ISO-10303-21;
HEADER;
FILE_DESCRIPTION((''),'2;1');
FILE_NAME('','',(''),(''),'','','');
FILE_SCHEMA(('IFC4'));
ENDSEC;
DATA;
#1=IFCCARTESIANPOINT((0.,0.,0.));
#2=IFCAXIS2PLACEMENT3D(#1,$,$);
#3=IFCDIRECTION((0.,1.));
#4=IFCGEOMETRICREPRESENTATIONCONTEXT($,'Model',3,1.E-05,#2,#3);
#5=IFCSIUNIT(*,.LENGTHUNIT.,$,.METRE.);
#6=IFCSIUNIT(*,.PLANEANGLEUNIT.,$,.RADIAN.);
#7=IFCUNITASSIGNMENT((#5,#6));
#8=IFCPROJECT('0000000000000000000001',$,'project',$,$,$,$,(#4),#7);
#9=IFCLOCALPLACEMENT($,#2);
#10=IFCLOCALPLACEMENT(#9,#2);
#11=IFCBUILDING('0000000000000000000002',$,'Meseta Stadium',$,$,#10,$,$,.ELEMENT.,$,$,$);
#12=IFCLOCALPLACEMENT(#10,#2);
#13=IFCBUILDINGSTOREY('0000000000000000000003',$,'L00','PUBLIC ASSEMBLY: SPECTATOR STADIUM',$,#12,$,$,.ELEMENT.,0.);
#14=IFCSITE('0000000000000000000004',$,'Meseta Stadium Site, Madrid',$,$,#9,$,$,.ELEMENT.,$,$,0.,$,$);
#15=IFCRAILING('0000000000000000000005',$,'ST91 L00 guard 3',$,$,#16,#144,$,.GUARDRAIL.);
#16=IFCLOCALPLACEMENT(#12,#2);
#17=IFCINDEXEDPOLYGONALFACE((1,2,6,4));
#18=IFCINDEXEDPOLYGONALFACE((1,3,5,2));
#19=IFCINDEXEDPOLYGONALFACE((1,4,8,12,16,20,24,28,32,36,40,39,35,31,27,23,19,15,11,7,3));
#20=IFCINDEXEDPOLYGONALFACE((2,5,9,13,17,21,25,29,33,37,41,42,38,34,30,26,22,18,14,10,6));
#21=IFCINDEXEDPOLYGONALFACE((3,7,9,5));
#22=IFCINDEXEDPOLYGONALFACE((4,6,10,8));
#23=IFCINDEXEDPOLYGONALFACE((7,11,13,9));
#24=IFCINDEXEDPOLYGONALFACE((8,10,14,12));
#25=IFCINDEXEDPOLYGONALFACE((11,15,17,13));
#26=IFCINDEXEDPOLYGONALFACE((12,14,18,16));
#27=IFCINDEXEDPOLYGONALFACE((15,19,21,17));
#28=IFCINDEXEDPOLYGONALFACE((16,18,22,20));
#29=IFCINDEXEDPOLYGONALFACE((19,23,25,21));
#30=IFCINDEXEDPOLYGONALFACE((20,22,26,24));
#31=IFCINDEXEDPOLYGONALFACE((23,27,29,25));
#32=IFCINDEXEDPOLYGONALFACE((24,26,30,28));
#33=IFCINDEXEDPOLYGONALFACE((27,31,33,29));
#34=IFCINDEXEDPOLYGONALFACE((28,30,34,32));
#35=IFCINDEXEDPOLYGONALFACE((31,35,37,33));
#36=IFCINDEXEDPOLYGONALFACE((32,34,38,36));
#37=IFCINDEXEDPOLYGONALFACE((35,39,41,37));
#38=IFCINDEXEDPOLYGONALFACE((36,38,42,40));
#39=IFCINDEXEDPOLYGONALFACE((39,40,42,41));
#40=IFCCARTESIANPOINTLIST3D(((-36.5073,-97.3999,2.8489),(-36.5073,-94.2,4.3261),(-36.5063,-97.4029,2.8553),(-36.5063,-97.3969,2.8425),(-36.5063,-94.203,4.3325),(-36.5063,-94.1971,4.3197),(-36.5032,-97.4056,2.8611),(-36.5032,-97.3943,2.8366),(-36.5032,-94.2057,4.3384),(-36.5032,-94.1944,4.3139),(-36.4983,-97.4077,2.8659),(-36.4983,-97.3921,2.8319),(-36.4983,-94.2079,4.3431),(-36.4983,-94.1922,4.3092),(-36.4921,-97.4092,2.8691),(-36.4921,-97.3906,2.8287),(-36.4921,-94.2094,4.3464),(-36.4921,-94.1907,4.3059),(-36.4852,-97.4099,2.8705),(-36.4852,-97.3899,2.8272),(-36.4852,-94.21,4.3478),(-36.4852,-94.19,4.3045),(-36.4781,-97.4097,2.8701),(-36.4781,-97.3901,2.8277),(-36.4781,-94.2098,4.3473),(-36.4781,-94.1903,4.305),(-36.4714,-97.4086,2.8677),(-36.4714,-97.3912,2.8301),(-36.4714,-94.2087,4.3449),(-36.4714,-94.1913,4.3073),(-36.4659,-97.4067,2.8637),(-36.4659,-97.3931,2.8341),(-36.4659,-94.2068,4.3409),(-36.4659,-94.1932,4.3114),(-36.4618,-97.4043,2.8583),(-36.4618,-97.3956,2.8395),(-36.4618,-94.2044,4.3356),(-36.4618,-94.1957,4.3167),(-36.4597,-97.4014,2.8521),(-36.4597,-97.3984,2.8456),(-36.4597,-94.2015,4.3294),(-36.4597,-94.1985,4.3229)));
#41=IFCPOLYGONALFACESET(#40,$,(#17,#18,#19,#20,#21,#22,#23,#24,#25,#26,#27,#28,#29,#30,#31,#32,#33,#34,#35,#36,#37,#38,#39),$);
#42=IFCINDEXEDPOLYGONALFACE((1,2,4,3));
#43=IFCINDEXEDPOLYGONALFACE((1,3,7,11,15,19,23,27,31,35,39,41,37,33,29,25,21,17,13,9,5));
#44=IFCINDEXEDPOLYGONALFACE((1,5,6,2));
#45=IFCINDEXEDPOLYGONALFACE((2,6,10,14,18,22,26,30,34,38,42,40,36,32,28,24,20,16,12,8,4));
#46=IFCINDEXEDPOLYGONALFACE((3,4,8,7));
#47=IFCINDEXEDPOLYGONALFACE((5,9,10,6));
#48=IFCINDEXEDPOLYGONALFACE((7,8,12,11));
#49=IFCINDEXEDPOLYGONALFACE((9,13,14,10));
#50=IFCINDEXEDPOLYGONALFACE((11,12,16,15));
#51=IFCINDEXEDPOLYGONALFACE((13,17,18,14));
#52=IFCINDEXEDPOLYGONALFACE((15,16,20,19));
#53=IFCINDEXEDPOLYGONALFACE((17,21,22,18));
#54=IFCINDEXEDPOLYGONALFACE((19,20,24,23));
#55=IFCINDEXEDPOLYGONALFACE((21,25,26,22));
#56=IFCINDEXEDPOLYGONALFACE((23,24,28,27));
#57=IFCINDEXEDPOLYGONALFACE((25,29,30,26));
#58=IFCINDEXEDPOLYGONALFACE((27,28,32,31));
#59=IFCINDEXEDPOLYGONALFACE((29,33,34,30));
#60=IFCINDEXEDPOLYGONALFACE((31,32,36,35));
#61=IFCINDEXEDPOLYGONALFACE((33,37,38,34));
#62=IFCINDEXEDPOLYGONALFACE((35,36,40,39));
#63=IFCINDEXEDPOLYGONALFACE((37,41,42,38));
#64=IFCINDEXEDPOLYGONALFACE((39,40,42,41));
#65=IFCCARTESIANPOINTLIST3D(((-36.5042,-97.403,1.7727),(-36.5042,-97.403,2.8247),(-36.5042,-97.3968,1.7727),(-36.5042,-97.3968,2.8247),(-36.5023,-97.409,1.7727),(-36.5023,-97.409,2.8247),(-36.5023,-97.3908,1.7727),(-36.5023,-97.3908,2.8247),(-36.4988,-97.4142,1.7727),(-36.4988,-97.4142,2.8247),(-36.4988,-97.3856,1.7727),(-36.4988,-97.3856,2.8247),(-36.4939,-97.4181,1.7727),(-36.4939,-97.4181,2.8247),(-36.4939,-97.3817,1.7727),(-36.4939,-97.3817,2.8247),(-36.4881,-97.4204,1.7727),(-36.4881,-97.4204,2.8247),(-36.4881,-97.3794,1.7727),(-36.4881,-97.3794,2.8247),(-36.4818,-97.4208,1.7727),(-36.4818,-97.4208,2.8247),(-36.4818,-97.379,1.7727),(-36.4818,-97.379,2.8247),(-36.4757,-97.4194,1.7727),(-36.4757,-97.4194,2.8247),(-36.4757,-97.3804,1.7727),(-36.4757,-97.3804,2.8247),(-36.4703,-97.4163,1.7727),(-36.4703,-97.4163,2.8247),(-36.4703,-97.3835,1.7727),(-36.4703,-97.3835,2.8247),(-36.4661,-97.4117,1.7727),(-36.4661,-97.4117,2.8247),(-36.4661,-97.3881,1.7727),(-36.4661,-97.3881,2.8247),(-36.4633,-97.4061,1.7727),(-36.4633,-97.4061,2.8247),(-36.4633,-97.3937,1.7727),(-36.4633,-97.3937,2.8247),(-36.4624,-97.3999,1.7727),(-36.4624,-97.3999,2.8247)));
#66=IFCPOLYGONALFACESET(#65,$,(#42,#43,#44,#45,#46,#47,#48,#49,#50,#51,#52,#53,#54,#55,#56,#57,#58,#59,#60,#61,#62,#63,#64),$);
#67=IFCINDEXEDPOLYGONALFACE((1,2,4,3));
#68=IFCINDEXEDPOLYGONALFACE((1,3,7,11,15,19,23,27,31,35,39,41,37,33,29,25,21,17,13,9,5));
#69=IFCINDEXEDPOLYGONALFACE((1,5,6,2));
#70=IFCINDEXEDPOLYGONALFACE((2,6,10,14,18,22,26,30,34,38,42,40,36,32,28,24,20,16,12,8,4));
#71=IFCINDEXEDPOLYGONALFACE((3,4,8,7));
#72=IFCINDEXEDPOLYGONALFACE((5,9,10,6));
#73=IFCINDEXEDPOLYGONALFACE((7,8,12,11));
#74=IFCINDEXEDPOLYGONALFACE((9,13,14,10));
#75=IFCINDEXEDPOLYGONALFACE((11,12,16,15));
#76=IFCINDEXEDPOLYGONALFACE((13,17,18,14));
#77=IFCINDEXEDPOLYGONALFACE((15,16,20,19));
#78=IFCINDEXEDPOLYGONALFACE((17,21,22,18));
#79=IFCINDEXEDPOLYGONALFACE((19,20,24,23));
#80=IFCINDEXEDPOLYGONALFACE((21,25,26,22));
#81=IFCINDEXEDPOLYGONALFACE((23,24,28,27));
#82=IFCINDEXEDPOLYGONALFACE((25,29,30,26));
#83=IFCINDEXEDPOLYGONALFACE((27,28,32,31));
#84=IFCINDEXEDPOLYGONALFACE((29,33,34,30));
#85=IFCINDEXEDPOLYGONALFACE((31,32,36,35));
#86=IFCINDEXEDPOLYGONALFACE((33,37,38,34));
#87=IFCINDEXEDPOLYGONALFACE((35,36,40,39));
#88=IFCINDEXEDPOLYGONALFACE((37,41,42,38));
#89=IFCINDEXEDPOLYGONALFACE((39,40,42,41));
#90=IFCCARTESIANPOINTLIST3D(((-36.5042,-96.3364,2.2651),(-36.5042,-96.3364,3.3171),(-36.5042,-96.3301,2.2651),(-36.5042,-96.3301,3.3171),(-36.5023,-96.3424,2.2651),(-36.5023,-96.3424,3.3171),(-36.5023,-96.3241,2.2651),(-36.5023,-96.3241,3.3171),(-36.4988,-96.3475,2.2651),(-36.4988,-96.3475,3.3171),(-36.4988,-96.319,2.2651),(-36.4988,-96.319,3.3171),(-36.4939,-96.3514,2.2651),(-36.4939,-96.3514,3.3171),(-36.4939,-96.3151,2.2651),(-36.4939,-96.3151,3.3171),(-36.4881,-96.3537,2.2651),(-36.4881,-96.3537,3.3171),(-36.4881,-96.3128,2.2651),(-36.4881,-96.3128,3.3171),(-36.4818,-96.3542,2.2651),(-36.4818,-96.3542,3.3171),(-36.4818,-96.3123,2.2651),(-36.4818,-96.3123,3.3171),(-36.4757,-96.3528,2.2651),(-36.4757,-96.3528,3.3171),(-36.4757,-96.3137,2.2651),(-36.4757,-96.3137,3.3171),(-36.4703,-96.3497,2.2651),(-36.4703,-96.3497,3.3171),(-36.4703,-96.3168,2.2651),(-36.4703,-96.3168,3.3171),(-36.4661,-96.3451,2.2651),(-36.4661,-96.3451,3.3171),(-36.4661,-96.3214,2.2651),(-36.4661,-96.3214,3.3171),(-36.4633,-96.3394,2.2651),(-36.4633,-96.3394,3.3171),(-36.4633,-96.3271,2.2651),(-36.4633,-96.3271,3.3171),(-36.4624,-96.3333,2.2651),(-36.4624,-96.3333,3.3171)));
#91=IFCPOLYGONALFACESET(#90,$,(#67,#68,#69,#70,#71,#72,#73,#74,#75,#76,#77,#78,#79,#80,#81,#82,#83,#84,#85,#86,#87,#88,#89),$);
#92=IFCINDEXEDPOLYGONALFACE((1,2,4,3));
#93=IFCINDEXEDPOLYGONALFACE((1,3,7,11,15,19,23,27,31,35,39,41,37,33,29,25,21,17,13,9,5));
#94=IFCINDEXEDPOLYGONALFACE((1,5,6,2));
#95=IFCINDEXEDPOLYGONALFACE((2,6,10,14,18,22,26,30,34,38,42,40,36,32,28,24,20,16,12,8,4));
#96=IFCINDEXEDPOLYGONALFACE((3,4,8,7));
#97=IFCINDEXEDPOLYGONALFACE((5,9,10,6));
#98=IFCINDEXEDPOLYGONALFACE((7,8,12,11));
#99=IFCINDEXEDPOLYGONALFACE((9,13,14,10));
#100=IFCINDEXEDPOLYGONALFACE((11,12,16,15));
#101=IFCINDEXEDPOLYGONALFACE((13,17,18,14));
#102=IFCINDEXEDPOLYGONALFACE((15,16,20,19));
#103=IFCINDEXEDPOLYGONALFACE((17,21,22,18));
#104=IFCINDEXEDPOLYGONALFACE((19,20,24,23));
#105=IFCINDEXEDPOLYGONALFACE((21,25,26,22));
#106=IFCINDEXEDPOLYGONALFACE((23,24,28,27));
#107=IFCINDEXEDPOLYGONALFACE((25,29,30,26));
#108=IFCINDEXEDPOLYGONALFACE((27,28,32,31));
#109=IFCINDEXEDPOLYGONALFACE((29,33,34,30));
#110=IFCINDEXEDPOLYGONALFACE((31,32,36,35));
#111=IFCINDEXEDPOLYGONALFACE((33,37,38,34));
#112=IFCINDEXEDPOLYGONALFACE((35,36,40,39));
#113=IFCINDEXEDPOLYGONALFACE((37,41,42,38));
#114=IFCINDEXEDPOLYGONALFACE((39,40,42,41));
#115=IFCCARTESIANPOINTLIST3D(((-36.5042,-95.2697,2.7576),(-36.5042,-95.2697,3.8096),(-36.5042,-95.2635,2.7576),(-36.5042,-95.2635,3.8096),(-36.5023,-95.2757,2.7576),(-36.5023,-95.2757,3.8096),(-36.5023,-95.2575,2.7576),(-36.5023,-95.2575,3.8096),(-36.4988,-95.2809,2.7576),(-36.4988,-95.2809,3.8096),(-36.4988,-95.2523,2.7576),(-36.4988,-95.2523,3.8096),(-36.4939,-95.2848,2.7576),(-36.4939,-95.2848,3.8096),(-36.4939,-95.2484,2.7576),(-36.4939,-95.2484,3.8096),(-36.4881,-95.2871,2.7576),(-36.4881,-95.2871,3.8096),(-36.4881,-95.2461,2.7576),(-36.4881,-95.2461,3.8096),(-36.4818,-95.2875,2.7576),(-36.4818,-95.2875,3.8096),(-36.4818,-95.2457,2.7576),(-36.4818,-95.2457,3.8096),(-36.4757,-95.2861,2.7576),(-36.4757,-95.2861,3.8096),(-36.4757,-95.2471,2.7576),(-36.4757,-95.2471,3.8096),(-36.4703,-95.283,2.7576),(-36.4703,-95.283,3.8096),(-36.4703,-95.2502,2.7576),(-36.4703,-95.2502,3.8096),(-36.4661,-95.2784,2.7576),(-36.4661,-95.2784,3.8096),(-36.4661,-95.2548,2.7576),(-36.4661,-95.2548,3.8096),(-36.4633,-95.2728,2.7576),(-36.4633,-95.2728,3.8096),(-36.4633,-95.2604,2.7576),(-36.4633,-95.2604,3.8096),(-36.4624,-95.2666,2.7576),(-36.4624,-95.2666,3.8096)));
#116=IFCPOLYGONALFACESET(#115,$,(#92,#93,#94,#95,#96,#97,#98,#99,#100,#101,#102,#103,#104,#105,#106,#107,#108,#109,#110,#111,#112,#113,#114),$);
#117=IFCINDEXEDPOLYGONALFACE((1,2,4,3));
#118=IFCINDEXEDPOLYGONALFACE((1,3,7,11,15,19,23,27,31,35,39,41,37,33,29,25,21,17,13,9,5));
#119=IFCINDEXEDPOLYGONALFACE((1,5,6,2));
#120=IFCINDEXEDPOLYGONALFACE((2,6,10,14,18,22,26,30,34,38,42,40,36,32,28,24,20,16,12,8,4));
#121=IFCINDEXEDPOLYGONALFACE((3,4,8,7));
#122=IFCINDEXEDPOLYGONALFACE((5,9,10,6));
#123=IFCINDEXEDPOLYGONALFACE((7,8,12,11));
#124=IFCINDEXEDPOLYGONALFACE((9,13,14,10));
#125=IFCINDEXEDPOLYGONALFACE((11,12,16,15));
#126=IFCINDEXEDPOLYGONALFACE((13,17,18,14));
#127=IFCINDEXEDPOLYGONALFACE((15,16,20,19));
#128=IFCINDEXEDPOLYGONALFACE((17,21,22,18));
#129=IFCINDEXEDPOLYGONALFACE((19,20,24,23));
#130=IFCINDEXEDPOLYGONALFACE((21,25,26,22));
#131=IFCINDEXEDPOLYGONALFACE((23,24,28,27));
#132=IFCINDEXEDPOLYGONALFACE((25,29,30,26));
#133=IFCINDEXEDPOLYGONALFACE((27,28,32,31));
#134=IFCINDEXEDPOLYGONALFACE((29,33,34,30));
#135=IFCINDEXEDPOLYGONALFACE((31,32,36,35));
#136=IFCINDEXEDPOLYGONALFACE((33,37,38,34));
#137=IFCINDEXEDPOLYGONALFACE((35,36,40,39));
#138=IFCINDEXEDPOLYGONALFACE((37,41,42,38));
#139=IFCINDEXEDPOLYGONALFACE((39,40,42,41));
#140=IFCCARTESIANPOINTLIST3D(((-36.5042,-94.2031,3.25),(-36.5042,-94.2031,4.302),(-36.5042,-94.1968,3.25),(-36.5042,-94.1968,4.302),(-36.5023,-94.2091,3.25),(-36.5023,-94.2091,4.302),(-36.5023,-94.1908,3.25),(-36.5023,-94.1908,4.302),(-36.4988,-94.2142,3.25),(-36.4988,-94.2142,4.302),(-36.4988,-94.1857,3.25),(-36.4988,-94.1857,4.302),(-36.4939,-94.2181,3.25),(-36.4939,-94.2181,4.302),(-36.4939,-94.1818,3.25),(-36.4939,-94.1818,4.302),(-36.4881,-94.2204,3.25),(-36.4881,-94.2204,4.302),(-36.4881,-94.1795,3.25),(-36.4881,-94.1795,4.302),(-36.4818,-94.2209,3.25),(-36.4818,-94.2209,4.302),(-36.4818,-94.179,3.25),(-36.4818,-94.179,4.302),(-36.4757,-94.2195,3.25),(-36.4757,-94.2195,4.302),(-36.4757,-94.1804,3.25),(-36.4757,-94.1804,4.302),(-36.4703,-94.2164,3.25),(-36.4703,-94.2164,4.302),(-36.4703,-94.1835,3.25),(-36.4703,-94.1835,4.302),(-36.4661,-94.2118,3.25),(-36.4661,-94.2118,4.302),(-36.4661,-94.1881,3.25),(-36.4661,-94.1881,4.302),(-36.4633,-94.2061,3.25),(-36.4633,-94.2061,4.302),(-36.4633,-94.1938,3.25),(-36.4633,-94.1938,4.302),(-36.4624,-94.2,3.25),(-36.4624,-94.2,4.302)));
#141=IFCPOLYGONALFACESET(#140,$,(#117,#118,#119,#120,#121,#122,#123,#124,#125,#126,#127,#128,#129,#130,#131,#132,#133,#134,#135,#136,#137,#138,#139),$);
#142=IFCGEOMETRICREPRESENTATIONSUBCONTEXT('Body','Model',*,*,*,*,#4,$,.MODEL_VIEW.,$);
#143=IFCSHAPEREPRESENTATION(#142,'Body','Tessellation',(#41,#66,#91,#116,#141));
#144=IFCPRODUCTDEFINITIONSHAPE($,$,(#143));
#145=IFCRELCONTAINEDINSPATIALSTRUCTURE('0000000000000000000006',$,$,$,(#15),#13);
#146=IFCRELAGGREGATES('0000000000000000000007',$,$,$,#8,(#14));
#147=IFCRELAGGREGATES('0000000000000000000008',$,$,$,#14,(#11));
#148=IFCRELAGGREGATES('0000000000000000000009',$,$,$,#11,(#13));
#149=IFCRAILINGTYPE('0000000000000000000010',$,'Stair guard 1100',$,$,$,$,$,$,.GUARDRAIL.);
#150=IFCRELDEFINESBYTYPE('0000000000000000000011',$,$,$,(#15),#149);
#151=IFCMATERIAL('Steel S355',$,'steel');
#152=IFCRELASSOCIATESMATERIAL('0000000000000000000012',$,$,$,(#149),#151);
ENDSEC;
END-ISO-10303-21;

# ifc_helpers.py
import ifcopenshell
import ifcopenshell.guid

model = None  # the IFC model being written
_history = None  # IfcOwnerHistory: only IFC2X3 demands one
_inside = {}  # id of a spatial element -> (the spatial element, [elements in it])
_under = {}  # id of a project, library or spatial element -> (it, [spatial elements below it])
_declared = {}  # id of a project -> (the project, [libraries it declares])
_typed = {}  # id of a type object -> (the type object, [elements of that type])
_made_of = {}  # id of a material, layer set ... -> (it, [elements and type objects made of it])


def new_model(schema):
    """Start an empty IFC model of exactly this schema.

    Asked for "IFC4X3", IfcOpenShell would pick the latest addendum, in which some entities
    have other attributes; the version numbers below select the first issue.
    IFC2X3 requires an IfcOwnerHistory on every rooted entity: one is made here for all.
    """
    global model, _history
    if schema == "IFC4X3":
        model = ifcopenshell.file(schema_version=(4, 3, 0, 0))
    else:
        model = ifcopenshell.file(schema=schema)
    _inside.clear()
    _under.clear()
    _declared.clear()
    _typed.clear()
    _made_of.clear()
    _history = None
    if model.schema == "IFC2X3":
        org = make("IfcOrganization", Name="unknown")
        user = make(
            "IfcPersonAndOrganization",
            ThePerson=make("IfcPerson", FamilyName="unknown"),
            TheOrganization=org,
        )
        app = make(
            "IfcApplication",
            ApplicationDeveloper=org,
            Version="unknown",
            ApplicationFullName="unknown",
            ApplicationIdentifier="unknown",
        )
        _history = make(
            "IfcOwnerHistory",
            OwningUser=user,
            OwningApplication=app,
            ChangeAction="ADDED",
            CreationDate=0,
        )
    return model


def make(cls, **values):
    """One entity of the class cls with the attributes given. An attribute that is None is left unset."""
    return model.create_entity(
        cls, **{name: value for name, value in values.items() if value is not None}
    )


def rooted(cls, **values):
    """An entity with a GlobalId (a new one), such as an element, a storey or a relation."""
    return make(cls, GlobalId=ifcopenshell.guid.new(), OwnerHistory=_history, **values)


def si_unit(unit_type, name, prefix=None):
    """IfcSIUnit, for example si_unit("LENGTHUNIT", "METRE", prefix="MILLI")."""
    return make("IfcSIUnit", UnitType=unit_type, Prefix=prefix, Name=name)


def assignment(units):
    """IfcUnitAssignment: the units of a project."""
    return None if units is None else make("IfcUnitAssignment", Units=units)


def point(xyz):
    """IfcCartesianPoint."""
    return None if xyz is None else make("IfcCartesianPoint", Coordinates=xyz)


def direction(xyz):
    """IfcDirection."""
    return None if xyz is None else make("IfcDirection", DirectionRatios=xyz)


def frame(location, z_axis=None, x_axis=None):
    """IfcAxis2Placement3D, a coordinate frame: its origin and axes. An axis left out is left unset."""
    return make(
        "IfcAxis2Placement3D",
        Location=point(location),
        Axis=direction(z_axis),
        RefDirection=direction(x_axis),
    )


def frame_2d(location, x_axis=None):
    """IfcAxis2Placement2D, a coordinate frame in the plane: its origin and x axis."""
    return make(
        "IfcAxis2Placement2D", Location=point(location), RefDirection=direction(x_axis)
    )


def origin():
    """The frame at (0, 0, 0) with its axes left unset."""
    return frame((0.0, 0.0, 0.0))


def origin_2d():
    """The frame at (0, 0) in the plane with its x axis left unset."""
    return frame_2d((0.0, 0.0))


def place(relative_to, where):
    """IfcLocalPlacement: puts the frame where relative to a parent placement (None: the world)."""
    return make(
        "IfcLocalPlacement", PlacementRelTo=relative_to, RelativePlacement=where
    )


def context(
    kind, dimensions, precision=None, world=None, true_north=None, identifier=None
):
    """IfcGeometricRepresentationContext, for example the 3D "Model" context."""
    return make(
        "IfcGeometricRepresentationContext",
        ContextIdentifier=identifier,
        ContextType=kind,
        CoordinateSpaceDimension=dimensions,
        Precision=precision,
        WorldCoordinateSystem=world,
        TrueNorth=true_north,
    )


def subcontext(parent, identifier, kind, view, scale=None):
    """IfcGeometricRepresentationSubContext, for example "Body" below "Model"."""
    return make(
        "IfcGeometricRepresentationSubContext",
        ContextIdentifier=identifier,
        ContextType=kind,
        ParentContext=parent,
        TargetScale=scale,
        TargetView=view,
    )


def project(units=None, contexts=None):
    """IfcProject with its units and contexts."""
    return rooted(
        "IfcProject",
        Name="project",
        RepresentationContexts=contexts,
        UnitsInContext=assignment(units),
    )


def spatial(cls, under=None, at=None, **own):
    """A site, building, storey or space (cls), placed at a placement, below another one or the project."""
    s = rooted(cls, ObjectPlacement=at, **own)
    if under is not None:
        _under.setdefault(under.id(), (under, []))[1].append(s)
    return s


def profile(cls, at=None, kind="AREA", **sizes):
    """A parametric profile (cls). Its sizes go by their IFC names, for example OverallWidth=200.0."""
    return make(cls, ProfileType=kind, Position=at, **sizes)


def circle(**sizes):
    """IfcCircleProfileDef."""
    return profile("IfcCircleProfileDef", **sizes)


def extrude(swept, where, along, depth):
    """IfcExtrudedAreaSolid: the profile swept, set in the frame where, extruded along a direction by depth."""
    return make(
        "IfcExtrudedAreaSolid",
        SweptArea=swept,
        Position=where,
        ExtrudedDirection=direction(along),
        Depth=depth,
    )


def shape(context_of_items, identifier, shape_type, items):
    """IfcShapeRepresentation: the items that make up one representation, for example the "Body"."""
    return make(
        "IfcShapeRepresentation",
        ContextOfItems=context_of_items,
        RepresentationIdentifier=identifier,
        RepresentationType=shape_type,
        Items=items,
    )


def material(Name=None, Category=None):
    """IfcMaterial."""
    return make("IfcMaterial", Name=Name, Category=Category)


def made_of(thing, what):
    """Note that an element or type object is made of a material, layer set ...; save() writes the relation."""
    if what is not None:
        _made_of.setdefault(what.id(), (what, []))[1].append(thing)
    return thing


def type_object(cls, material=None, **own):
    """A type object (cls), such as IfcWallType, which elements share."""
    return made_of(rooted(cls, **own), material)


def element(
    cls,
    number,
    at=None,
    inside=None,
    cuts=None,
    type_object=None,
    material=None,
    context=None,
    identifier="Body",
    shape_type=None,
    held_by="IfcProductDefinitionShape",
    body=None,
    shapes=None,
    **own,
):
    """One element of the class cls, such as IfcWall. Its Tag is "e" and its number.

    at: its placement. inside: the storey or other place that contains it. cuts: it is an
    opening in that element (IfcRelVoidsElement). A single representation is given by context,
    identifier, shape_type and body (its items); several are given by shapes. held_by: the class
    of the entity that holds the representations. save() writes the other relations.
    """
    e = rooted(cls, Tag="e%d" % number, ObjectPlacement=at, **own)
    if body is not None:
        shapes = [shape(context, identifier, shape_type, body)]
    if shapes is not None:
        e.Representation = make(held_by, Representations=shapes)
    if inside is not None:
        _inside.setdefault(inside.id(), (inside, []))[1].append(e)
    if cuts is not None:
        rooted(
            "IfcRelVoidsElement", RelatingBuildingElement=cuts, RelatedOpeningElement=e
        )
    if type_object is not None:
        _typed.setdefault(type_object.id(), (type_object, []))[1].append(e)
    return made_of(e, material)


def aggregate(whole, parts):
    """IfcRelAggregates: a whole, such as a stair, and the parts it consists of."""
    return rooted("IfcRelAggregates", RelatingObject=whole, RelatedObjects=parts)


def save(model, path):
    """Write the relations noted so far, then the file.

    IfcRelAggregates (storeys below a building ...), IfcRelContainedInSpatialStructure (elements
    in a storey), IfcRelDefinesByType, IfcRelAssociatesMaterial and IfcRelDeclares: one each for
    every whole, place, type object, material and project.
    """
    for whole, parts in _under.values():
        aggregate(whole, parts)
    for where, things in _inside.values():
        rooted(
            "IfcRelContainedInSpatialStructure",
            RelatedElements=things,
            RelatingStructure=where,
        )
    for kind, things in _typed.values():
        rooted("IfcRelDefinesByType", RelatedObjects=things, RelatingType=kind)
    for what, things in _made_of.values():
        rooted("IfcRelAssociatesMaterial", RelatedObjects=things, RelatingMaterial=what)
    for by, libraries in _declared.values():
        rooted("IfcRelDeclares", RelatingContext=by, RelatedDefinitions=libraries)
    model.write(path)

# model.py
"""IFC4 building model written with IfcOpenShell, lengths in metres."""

from ifc_helpers import new_model, si_unit, direction, frame, origin, origin_2d, place, context, subcontext, project, spatial, circle, extrude, material, type_object, element, save


model = new_model("IFC4")

# Units and contexts
model_context = context("Model", 3, precision=1e-05, world=origin(), true_north=direction((0.0, 1.0)))
body_context = subcontext(model_context, "Body", "Model", "MODEL_VIEW")
ifc_project = project(units=[si_unit("LENGTHUNIT", "METRE"), si_unit("PLANEANGLEUNIT", "RADIAN")], contexts=[model_context])

# Site, building, storey
site_placement = place(None, origin())
site = spatial("IfcSite", under=ifc_project, at=site_placement, Name="Meseta Stadium Site, Madrid", CompositionType="ELEMENT", RefElevation=0.0)
building_placement = place(site_placement, origin())
building = spatial("IfcBuilding", under=site, at=building_placement, Name="Meseta Stadium", CompositionType="ELEMENT")
storey_placement = place(building_placement, origin())
storey = spatial("IfcBuildingStorey", under=building, at=storey_placement, Name="L00", Description="PUBLIC ASSEMBLY: SPECTATOR STADIUM", CompositionType="ELEMENT", Elevation=0.0)

# Railing
ifc_material_1 = material(Name="Steel S355", Category="steel")
railing_type_1 = type_object("IfcRailingType", Name="Stair guard 1100", PredefinedType="GUARDRAIL", material=ifc_material_1)
railing_1_placement = place(storey_placement, frame((-36.4834, -97.3999, 1.7727)))
element("IfcRailing", 1, at=railing_1_placement, inside=storey, type_object=railing_type_1, Name="ST91 L00 guard 3", PredefinedType="GUARDRAIL", context=body_context, shape_type="SweptSolid", body=[
    extrude(circle(Radius=0.0239, at=origin_2d()), frame((0.0, 0.0, 1.0762), z_axis=(0.0, 0.907917, 0.41915), x_axis=(-1.0, 0.0, 0.0)), (0.0, 0.0, 1.0), 3.5244),
    extrude(circle(Radius=0.021, at=origin_2d()), origin(), (0.0, 0.0, 1.0), 1.052),
    extrude(circle(Radius=0.021, at=origin_2d()), frame((0.0, 1.0667, 0.4924)), (0.0, 0.0, 1.0), 1.052),
    extrude(circle(Radius=0.021, at=origin_2d()), frame((0.0, 2.1333, 0.9849)), (0.0, 0.0, 1.0), 1.052),
    extrude(circle(Radius=0.021, at=origin_2d()), frame((0.0, 3.2, 1.4773)), (0.0, 0.0, 1.0), 1.052),
])

save(model, "model.ifc")
